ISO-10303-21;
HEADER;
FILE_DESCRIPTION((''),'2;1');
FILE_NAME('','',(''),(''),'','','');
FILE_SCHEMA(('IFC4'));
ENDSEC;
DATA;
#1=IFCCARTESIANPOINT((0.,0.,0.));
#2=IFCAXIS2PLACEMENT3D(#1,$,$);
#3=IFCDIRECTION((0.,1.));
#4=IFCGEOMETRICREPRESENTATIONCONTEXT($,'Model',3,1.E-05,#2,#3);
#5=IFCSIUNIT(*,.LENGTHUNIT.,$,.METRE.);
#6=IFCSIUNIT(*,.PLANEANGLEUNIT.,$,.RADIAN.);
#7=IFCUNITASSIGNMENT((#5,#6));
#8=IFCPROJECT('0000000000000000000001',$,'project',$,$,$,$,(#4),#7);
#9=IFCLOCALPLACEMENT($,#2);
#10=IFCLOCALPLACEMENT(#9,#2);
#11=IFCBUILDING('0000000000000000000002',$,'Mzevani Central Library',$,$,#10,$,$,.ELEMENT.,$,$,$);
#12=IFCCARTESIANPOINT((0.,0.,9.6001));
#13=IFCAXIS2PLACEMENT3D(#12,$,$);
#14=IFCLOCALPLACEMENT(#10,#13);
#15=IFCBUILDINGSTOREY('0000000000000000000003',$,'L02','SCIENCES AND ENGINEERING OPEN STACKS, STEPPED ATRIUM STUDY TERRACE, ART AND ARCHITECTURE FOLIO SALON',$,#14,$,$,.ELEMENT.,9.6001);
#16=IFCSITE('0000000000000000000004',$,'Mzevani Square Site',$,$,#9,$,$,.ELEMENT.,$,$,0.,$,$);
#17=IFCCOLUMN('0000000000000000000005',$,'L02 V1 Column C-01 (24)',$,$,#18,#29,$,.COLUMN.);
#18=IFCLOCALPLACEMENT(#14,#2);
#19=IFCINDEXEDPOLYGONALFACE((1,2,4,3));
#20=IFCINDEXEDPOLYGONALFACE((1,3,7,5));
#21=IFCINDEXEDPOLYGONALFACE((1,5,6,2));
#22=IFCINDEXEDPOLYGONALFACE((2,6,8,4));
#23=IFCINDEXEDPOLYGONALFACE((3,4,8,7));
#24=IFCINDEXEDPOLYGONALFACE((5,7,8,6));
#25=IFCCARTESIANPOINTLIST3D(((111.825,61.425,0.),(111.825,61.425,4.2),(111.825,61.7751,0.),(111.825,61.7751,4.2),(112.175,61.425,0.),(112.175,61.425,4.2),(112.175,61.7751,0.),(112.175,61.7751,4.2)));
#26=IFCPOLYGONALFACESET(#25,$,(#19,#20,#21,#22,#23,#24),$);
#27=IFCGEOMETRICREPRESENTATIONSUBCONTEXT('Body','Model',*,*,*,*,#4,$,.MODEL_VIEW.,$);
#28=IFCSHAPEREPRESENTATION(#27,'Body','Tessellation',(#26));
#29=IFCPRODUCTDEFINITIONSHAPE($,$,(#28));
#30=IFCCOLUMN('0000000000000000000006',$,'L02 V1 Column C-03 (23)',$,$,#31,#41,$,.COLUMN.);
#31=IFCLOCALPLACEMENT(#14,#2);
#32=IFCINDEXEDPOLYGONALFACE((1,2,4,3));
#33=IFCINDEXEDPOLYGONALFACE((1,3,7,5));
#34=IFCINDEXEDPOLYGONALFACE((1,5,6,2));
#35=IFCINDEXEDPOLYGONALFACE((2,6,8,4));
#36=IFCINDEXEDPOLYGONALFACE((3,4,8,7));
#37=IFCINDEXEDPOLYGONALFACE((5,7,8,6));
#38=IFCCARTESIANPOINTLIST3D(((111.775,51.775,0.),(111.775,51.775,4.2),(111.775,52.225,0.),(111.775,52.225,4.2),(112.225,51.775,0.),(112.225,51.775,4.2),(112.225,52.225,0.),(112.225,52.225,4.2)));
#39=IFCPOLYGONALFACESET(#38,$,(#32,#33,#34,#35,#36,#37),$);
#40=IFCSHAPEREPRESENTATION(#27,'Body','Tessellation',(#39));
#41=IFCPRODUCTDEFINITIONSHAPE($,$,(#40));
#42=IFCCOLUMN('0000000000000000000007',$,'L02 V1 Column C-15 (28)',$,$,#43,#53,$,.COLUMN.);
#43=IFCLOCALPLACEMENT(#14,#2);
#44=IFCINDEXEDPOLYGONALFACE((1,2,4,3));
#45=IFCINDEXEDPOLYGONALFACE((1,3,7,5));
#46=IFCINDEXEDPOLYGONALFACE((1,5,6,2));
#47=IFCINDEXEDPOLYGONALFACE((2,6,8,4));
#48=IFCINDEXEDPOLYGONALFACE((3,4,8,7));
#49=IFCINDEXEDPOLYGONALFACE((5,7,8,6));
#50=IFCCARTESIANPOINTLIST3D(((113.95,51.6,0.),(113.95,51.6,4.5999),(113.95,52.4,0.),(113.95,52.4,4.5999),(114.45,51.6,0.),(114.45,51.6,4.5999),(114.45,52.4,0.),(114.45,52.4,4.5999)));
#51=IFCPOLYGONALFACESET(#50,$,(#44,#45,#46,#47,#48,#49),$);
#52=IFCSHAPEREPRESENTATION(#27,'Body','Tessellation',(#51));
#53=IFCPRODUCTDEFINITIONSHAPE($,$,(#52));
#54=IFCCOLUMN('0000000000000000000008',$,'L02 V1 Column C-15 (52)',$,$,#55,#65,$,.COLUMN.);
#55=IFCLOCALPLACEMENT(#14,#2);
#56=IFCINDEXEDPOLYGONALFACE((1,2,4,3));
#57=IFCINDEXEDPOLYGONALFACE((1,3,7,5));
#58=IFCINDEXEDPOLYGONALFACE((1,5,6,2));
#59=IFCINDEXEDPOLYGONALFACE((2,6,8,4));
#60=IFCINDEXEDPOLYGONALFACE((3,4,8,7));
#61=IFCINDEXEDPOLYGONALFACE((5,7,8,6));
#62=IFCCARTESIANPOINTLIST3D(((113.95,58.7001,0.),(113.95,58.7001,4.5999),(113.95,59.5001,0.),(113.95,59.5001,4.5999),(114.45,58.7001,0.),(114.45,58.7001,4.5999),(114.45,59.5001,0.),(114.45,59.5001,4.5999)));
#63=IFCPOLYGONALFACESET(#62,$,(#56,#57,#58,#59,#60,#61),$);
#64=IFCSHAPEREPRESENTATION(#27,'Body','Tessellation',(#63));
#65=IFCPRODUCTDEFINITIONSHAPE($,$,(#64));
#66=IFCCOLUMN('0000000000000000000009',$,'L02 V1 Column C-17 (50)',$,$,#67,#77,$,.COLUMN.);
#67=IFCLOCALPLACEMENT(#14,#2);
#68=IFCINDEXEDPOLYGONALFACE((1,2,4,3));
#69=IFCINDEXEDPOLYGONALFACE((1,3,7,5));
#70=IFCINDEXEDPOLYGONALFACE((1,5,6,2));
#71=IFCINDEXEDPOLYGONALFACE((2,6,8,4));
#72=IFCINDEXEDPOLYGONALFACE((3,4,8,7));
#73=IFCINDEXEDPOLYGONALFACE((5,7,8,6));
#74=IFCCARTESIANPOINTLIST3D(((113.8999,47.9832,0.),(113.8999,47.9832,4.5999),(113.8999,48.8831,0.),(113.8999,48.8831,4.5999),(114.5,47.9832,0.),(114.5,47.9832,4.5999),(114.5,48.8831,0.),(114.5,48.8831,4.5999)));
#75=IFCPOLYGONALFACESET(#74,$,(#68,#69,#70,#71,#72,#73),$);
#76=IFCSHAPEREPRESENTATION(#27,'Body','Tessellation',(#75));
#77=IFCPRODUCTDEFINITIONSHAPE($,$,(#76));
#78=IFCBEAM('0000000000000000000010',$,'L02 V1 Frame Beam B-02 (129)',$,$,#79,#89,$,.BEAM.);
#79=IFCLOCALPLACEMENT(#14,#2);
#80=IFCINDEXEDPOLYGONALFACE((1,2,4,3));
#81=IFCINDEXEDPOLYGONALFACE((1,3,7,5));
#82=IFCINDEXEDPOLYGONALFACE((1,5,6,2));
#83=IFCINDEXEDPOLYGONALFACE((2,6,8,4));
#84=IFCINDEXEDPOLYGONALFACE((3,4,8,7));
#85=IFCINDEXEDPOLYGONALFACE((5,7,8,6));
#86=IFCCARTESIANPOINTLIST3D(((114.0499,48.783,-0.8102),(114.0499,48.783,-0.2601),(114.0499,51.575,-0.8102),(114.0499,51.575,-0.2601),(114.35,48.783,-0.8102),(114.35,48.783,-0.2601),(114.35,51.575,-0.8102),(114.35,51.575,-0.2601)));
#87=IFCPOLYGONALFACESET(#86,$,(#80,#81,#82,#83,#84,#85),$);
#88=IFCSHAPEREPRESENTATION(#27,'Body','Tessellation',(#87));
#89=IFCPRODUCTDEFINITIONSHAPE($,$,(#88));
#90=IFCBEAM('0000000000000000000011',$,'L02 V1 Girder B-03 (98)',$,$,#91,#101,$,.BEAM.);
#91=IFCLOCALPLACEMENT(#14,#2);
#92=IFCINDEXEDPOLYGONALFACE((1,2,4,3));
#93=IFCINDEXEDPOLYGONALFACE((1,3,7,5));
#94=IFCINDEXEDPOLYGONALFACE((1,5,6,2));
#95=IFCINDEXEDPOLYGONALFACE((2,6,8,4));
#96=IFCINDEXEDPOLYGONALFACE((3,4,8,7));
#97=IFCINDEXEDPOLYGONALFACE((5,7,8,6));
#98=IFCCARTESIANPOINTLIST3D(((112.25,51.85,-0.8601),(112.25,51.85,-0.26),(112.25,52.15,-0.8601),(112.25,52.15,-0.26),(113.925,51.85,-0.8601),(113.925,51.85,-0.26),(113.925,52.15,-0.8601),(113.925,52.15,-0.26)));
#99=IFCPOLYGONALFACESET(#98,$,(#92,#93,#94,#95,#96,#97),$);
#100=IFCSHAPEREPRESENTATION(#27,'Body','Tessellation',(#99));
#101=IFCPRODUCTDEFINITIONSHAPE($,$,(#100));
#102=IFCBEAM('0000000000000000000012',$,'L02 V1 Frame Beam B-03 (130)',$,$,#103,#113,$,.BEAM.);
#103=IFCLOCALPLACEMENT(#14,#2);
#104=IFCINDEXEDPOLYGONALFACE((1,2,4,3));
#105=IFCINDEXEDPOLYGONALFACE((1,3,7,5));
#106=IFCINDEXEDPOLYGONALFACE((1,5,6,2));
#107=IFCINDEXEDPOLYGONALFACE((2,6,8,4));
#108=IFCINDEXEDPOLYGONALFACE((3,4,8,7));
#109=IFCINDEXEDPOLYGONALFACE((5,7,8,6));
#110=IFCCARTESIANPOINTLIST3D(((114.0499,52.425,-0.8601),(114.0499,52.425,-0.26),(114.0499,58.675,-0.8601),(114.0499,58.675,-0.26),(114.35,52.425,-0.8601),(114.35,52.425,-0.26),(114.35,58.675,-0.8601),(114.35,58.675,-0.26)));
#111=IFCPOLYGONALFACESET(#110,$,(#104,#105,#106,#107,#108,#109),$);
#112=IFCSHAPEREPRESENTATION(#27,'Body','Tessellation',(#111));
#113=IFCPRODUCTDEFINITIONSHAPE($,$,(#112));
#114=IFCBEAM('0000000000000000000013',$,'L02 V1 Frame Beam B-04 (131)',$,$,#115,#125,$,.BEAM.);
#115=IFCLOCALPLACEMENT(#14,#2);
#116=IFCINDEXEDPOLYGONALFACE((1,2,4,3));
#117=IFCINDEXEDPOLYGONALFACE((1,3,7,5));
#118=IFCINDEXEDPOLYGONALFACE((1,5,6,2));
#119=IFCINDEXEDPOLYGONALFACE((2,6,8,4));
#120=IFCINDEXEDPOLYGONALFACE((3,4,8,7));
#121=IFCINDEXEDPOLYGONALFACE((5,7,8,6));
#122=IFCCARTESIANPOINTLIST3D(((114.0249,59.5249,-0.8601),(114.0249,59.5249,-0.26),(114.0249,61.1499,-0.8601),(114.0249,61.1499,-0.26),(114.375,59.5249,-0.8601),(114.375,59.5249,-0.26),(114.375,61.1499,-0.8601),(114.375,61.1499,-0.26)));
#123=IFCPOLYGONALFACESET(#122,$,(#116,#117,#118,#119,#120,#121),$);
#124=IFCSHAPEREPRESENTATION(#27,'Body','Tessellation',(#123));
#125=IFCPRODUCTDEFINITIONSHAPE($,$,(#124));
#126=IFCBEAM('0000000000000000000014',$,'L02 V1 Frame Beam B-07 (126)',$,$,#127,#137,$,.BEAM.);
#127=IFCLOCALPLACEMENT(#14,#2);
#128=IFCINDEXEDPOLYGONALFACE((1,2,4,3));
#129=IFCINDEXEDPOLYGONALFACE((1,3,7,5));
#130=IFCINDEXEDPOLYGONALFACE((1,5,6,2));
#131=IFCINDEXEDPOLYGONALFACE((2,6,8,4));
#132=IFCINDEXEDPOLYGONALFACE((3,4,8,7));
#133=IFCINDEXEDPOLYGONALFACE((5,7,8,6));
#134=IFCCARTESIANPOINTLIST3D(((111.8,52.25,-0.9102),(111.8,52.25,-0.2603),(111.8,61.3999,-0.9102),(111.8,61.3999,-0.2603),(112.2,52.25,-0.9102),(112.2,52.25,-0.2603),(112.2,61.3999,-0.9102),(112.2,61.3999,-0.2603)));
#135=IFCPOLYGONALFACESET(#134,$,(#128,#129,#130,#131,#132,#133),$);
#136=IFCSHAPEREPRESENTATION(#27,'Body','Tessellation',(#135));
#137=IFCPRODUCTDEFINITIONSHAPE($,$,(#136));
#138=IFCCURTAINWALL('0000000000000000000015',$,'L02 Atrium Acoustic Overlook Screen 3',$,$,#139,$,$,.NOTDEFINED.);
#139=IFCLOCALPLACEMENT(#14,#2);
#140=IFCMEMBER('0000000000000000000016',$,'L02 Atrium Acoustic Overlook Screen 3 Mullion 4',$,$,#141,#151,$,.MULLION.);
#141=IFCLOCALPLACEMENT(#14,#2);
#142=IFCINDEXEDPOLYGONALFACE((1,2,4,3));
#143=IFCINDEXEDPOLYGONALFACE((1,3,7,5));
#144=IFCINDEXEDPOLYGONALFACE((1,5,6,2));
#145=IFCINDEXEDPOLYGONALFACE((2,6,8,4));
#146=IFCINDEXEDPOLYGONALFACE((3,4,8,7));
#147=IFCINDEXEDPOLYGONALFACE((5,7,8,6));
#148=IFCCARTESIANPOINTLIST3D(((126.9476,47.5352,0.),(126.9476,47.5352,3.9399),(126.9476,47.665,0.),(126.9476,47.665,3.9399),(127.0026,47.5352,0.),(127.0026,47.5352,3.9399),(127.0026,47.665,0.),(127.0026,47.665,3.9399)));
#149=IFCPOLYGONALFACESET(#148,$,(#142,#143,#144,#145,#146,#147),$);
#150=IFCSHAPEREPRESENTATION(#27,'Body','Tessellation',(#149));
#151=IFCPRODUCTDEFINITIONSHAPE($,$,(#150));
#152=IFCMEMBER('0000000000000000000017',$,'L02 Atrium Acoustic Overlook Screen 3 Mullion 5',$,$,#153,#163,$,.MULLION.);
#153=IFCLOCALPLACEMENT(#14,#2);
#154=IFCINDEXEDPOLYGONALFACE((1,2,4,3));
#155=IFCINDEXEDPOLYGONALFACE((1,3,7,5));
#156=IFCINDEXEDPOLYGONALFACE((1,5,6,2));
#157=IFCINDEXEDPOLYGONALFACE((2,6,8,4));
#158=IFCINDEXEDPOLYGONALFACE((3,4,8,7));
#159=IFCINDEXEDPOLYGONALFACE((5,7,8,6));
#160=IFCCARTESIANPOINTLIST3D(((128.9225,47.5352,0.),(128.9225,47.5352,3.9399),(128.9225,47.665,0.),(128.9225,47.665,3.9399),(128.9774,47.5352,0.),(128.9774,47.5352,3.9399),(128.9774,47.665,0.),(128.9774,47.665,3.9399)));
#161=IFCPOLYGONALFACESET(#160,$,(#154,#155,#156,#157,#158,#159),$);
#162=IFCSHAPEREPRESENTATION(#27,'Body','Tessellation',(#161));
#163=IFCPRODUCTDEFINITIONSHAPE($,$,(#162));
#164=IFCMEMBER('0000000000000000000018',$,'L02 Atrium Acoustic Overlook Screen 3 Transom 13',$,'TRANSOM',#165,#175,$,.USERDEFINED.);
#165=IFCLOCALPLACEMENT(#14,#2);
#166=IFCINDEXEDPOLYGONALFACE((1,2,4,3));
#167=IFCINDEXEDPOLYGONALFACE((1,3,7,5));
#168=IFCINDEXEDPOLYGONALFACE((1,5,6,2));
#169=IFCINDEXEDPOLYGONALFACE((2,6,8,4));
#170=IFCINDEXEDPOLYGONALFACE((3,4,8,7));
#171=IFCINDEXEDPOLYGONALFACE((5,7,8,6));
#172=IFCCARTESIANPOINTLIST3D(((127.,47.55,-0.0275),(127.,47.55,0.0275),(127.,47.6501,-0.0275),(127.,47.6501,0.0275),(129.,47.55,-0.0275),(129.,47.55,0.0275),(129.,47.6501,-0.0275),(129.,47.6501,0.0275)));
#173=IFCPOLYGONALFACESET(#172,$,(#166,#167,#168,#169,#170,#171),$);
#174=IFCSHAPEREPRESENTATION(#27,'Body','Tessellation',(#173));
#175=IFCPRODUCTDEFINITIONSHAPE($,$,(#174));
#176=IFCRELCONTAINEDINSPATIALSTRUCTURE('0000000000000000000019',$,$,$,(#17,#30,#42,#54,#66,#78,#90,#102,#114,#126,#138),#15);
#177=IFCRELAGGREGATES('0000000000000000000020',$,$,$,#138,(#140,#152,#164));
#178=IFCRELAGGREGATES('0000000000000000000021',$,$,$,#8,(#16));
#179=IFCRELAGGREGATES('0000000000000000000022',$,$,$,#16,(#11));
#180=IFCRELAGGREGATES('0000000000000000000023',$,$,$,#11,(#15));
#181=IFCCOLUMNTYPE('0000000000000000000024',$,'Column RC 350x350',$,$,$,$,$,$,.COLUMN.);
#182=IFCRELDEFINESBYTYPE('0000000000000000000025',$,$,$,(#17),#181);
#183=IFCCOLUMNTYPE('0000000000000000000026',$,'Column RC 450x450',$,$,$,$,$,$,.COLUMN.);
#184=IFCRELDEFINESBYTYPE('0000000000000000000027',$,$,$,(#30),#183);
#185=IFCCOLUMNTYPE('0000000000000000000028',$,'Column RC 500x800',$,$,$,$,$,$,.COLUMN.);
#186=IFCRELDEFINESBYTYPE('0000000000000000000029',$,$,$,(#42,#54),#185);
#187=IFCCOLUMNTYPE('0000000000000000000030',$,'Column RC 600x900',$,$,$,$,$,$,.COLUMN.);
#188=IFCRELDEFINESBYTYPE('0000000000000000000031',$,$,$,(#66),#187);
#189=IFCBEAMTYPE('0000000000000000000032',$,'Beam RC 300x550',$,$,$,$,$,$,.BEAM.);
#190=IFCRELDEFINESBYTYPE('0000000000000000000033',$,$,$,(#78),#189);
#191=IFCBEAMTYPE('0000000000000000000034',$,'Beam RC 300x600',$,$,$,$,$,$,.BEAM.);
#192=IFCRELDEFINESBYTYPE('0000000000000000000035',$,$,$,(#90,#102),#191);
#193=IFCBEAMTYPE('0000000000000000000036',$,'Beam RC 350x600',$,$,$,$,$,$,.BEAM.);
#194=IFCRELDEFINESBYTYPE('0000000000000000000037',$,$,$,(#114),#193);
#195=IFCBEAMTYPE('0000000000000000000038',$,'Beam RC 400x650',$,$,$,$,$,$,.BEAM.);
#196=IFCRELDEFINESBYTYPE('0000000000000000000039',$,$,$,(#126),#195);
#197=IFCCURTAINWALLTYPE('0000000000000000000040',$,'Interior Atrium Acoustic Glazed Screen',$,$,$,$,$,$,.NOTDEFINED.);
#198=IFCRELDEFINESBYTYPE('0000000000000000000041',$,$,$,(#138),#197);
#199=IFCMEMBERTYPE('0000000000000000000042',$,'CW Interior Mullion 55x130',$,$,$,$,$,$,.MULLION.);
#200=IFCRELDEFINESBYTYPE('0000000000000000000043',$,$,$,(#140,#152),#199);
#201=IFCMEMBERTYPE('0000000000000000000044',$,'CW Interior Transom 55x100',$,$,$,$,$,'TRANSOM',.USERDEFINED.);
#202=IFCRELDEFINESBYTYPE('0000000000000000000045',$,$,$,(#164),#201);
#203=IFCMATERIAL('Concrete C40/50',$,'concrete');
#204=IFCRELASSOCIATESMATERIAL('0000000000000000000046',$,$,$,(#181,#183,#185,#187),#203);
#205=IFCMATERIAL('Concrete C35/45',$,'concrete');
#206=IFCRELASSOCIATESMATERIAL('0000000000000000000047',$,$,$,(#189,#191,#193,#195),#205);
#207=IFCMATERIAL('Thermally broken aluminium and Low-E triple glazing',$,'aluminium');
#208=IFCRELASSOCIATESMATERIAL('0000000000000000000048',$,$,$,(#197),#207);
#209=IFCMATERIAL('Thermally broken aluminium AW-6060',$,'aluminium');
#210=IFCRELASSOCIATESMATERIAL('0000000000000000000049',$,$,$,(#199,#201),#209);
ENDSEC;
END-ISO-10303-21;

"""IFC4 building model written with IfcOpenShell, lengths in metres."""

from ifc_helpers import new_model, si_unit, direction, frame, origin, origin_2d, place, context, subcontext, project, spatial, rectangle, extrude, material, material_profile, profile_set, type_object, element, aggregate, save


model = new_model("IFC4")

# Units and contexts
model_context = context("Model", 3, precision=1e-05, world=origin(), true_north=direction((0.0, 1.0)))
body_context = subcontext(model_context, "Body", "Model", "MODEL_VIEW")
ifc_project = project(units=[si_unit("LENGTHUNIT", "METRE"), si_unit("PLANEANGLEUNIT", "RADIAN")], contexts=[model_context])

# Site, building, storey
site_placement = place(None, origin())
site = spatial("IfcSite", under=ifc_project, at=site_placement, Name="Mzevani Square Site", CompositionType="ELEMENT", RefElevation=0.0)
building_placement = place(site_placement, origin())
building = spatial("IfcBuilding", under=site, at=building_placement, Name="Mzevani Central Library", CompositionType="ELEMENT")
storey_placement = place(building_placement, frame((0.0, 0.0, 9.6001)))
storey = spatial("IfcBuildingStorey", under=building, at=storey_placement, Name="L02", Description="SCIENCES AND ENGINEERING OPEN STACKS, STEPPED ATRIUM STUDY TERRACE, ART AND ARCHITECTURE FOLIO SALON", CompositionType="ELEMENT", Elevation=9.6001)

# Columns
ifc_material_1 = material(Name="Concrete C40/50", Category="concrete")
ifc_material_profile_1 = material_profile(ifc_material_1, rectangle(XDim=0.3501, YDim=0.3501, at=origin_2d()), Name="RC 350x350")
ifc_profile_set_1 = profile_set([ifc_material_profile_1], Name="Concrete C40/50")
column_type_1 = type_object("IfcColumnType", Name="Column RC 350x350", PredefinedType="COLUMN", material=ifc_profile_set_1)
column_1_placement = place(storey_placement, frame((112.0, 61.6001, 0.0), z_axis=(0.0, 0.0, 1.0), x_axis=(1.0, 0.0, 0.0)))
element("IfcColumn", 1, at=column_1_placement, inside=storey, type_object=column_type_1, Name="L02 V1 Column C-01 (24)", PredefinedType="COLUMN", context=body_context, shape_type="SweptSolid", body=[
    extrude(rectangle(XDim=0.3501, YDim=0.3501, at=origin_2d()), origin(), (0.0, 0.0, 1.0), 4.2),
])
ifc_material_profile_2 = material_profile(ifc_material_1, rectangle(XDim=0.45, YDim=0.45, at=origin_2d()), Name="RC 450x450")
ifc_profile_set_2 = profile_set([ifc_material_profile_2], Name="Concrete C40/50")
column_type_2 = type_object("IfcColumnType", Name="Column RC 450x450", PredefinedType="COLUMN", material=ifc_profile_set_2)
column_2_placement = place(storey_placement, frame((112.0, 52.0, 0.0), z_axis=(0.0, 0.0, 1.0), x_axis=(1.0, 0.0, 0.0)))
element("IfcColumn", 2, at=column_2_placement, inside=storey, type_object=column_type_2, Name="L02 V1 Column C-03 (23)", PredefinedType="COLUMN", context=body_context, shape_type="SweptSolid", body=[
    extrude(rectangle(XDim=0.45, YDim=0.45, at=origin_2d()), origin(), (0.0, 0.0, 1.0), 4.2),
])
ifc_material_profile_3 = material_profile(ifc_material_1, rectangle(XDim=0.5, YDim=0.8, at=origin_2d()), Name="RC 500x800")
ifc_profile_set_3 = profile_set([ifc_material_profile_3], Name="Concrete C40/50")
column_type_3 = type_object("IfcColumnType", Name="Column RC 500x800", PredefinedType="COLUMN", material=ifc_profile_set_3)
for number, where, z_axis, x_axis, name in (
    (3, (114.2, 52.0, 0.0), (0.0, 0.0, 1.0), (1.0, 0.0, 0.0), "L02 V1 Column C-15 (28)"),
    (4, (114.2, 59.1001, 0.0), (0.0, 0.0, 1.0), (1.0, 0.0, 0.0), "L02 V1 Column C-15 (52)"),
):
    element("IfcColumn", number, at=place(storey_placement, frame(where, z_axis=z_axis, x_axis=x_axis)), inside=storey, type_object=column_type_3, Name=name, PredefinedType="COLUMN", context=body_context, shape_type="SweptSolid", body=[
        extrude(rectangle(XDim=0.5, YDim=0.8, at=origin_2d()), origin(), (0.0, 0.0, 1.0), 4.5999),
    ])
ifc_material_profile_4 = material_profile(ifc_material_1, rectangle(XDim=0.6001, YDim=0.8999, at=origin_2d()), Name="RC 600x900")
ifc_profile_set_4 = profile_set([ifc_material_profile_4], Name="Concrete C40/50")
column_type_4 = type_object("IfcColumnType", Name="Column RC 600x900", PredefinedType="COLUMN", material=ifc_profile_set_4)
column_3_placement = place(storey_placement, frame((114.2, 48.4331, 0.0), z_axis=(0.0, 0.0, 1.0), x_axis=(1.0, 0.0, 0.0)))
element("IfcColumn", 5, at=column_3_placement, inside=storey, type_object=column_type_4, Name="L02 V1 Column C-17 (50)", PredefinedType="COLUMN", context=body_context, shape_type="SweptSolid", body=[
    extrude(rectangle(XDim=0.6001, YDim=0.8999, at=origin_2d()), origin(), (0.0, 0.0, 1.0), 4.5999),
])

# Beams
ifc_material_2 = material(Name="Concrete C35/45", Category="concrete")
ifc_material_profile_5 = material_profile(ifc_material_2, rectangle(XDim=0.3, YDim=0.55, at=origin_2d()), Name="RC B300x550")
ifc_profile_set_5 = profile_set([ifc_material_profile_5], Name="Concrete C35/45")
beam_type_1 = type_object("IfcBeamType", Name="Beam RC 300x550", PredefinedType="BEAM", material=ifc_profile_set_5)
beam_1_placement = place(storey_placement, frame((114.2, 48.783, -0.5352), z_axis=(0.0, 1.0, 0.0), x_axis=(-1.0, 0.0, 0.0)))
element("IfcBeam", 6, at=beam_1_placement, inside=storey, type_object=beam_type_1, Name="L02 V1 Frame Beam B-02 (129)", PredefinedType="BEAM", context=body_context, shape_type="SweptSolid", body=[
    extrude(rectangle(XDim=0.3, YDim=0.55, at=origin_2d()), origin(), (0.0, 0.0, 1.0), 2.792),
])
ifc_material_profile_6 = material_profile(ifc_material_2, rectangle(XDim=0.3, YDim=0.6001, at=origin_2d()), Name="RC B300x600")
ifc_profile_set_6 = profile_set([ifc_material_profile_6], Name="Concrete C35/45")
beam_type_2 = type_object("IfcBeamType", Name="Beam RC 300x600", PredefinedType="BEAM", material=ifc_profile_set_6)
beam_2_placement = place(storey_placement, frame((112.25, 52.0, -0.5601), z_axis=(1.0, 0.0, 0.0), x_axis=(0.0, 1.0, 0.0)))
element("IfcBeam", 7, at=beam_2_placement, inside=storey, type_object=beam_type_2, Name="L02 V1 Girder B-03 (98)", PredefinedType="BEAM", context=body_context, shape_type="SweptSolid", body=[
    extrude(rectangle(XDim=0.3, YDim=0.6001, at=origin_2d()), origin(), (0.0, 0.0, 1.0), 1.675),
])
beam_3_placement = place(storey_placement, frame((114.2, 52.425, -0.5601), z_axis=(0.0, 1.0, 0.0), x_axis=(-1.0, 0.0, 0.0)))
element("IfcBeam", 8, at=beam_3_placement, inside=storey, type_object=beam_type_2, Name="L02 V1 Frame Beam B-03 (130)", PredefinedType="BEAM", context=body_context, shape_type="SweptSolid", body=[
    extrude(rectangle(XDim=0.3, YDim=0.6001, at=origin_2d()), origin(), (0.0, 0.0, 1.0), 6.25),
])
ifc_material_profile_7 = material_profile(ifc_material_2, rectangle(XDim=0.3501, YDim=0.6001, at=origin_2d()), Name="RC B350x600")
ifc_profile_set_7 = profile_set([ifc_material_profile_7], Name="Concrete C35/45")
beam_type_3 = type_object("IfcBeamType", Name="Beam RC 350x600", PredefinedType="BEAM", material=ifc_profile_set_7)
beam_4_placement = place(storey_placement, frame((114.2, 59.5249, -0.5601), z_axis=(0.0, 1.0, 0.0), x_axis=(-1.0, 0.0, 0.0)))
element("IfcBeam", 9, at=beam_4_placement, inside=storey, type_object=beam_type_3, Name="L02 V1 Frame Beam B-04 (131)", PredefinedType="BEAM", context=body_context, shape_type="SweptSolid", body=[
    extrude(rectangle(XDim=0.3501, YDim=0.6001, at=origin_2d()), origin(), (0.0, 0.0, 1.0), 1.625),
])
ifc_material_profile_8 = material_profile(ifc_material_2, rectangle(XDim=0.3999, YDim=0.6499, at=origin_2d()), Name="RC B400x650")
ifc_profile_set_8 = profile_set([ifc_material_profile_8], Name="Concrete C35/45")
beam_type_4 = type_object("IfcBeamType", Name="Beam RC 400x650", PredefinedType="BEAM", material=ifc_profile_set_8)
beam_5_placement = place(storey_placement, frame((112.0, 52.25, -0.5852), z_axis=(0.0, 1.0, 0.0), x_axis=(-1.0, 0.0, 0.0)))
element("IfcBeam", 10, at=beam_5_placement, inside=storey, type_object=beam_type_4, Name="L02 V1 Frame Beam B-07 (126)", PredefinedType="BEAM", context=body_context, shape_type="SweptSolid", body=[
    extrude(rectangle(XDim=0.3999, YDim=0.6499, at=origin_2d()), origin(), (0.0, 0.0, 1.0), 9.1499),
])

# Curtain wall, members
ifc_material_3 = material(Name="Thermally broken aluminium and Low-E triple glazing", Category="aluminium")
curtain_wall_type = type_object("IfcCurtainWallType", Name="Interior Atrium Acoustic Glazed Screen", PredefinedType="NOTDEFINED", material=ifc_material_3)
curtain_wall_1_placement = place(storey_placement, origin())
curtain_wall_1 = element("IfcCurtainWall", 11, at=curtain_wall_1_placement, inside=storey, type_object=curtain_wall_type, Name="L02 Atrium Acoustic Overlook Screen 3", PredefinedType="NOTDEFINED")
ifc_material_4 = material(Name="Thermally broken aluminium AW-6060", Category="aluminium")
ifc_material_profile_9 = material_profile(ifc_material_4, rectangle(XDim=0.0549, YDim=0.1299, at=origin_2d()), Name="ALU M55x130")
ifc_profile_set_9 = profile_set([ifc_material_profile_9], Name="Thermally broken aluminium AW-6060")
member_type_1 = type_object("IfcMemberType", Name="CW Interior Mullion 55x130", PredefinedType="MULLION", material=ifc_profile_set_9)
member_1_placement = place(storey_placement, frame((126.9751, 47.6001, 0.0), z_axis=(0.0, 0.0, 1.0), x_axis=(1.0, 0.0, 0.0)))
member_1 = element("IfcMember", 12, at=member_1_placement, type_object=member_type_1, Name="L02 Atrium Acoustic Overlook Screen 3 Mullion 4", PredefinedType="MULLION", context=body_context, shape_type="SweptSolid", body=[
    extrude(rectangle(XDim=0.0549, YDim=0.1299, at=origin_2d()), origin(), (0.0, 0.0, 1.0), 3.9399),
])
member_2_placement = place(storey_placement, frame((128.95, 47.6001, 0.0), z_axis=(0.0, 0.0, 1.0), x_axis=(1.0, 0.0, 0.0)))
member_2 = element("IfcMember", 13, at=member_2_placement, type_object=member_type_1, Name="L02 Atrium Acoustic Overlook Screen 3 Mullion 5", PredefinedType="MULLION", context=body_context, shape_type="SweptSolid", body=[
    extrude(rectangle(XDim=0.0549, YDim=0.1299, at=origin_2d()), origin(), (0.0, 0.0, 1.0), 3.9399),
])
ifc_material_profile_10 = material_profile(ifc_material_4, rectangle(XDim=0.1001, YDim=0.0549, at=origin_2d()), Name="ALU T55x100")
ifc_profile_set_10 = profile_set([ifc_material_profile_10], Name="Thermally broken aluminium AW-6060")
member_type_2 = type_object("IfcMemberType", Name="CW Interior Transom 55x100", ElementType="TRANSOM", PredefinedType="USERDEFINED", material=ifc_profile_set_10)
member_3_placement = place(storey_placement, frame((127.0, 47.6001, 0.0), z_axis=(1.0, 0.0, 0.0), x_axis=(0.0, 1.0, 0.0)))
member_3 = element("IfcMember", 14, at=member_3_placement, type_object=member_type_2, Name="L02 Atrium Acoustic Overlook Screen 3 Transom 13", ObjectType="TRANSOM", PredefinedType="USERDEFINED", context=body_context, shape_type="SweptSolid", body=[
    extrude(rectangle(XDim=0.1001, YDim=0.0549, at=origin_2d()), origin(), (0.0, 0.0, 1.0), 2.0),
])

aggregate(curtain_wall_1, [member_1, member_2, member_3])

save(model, "model.ifc")
